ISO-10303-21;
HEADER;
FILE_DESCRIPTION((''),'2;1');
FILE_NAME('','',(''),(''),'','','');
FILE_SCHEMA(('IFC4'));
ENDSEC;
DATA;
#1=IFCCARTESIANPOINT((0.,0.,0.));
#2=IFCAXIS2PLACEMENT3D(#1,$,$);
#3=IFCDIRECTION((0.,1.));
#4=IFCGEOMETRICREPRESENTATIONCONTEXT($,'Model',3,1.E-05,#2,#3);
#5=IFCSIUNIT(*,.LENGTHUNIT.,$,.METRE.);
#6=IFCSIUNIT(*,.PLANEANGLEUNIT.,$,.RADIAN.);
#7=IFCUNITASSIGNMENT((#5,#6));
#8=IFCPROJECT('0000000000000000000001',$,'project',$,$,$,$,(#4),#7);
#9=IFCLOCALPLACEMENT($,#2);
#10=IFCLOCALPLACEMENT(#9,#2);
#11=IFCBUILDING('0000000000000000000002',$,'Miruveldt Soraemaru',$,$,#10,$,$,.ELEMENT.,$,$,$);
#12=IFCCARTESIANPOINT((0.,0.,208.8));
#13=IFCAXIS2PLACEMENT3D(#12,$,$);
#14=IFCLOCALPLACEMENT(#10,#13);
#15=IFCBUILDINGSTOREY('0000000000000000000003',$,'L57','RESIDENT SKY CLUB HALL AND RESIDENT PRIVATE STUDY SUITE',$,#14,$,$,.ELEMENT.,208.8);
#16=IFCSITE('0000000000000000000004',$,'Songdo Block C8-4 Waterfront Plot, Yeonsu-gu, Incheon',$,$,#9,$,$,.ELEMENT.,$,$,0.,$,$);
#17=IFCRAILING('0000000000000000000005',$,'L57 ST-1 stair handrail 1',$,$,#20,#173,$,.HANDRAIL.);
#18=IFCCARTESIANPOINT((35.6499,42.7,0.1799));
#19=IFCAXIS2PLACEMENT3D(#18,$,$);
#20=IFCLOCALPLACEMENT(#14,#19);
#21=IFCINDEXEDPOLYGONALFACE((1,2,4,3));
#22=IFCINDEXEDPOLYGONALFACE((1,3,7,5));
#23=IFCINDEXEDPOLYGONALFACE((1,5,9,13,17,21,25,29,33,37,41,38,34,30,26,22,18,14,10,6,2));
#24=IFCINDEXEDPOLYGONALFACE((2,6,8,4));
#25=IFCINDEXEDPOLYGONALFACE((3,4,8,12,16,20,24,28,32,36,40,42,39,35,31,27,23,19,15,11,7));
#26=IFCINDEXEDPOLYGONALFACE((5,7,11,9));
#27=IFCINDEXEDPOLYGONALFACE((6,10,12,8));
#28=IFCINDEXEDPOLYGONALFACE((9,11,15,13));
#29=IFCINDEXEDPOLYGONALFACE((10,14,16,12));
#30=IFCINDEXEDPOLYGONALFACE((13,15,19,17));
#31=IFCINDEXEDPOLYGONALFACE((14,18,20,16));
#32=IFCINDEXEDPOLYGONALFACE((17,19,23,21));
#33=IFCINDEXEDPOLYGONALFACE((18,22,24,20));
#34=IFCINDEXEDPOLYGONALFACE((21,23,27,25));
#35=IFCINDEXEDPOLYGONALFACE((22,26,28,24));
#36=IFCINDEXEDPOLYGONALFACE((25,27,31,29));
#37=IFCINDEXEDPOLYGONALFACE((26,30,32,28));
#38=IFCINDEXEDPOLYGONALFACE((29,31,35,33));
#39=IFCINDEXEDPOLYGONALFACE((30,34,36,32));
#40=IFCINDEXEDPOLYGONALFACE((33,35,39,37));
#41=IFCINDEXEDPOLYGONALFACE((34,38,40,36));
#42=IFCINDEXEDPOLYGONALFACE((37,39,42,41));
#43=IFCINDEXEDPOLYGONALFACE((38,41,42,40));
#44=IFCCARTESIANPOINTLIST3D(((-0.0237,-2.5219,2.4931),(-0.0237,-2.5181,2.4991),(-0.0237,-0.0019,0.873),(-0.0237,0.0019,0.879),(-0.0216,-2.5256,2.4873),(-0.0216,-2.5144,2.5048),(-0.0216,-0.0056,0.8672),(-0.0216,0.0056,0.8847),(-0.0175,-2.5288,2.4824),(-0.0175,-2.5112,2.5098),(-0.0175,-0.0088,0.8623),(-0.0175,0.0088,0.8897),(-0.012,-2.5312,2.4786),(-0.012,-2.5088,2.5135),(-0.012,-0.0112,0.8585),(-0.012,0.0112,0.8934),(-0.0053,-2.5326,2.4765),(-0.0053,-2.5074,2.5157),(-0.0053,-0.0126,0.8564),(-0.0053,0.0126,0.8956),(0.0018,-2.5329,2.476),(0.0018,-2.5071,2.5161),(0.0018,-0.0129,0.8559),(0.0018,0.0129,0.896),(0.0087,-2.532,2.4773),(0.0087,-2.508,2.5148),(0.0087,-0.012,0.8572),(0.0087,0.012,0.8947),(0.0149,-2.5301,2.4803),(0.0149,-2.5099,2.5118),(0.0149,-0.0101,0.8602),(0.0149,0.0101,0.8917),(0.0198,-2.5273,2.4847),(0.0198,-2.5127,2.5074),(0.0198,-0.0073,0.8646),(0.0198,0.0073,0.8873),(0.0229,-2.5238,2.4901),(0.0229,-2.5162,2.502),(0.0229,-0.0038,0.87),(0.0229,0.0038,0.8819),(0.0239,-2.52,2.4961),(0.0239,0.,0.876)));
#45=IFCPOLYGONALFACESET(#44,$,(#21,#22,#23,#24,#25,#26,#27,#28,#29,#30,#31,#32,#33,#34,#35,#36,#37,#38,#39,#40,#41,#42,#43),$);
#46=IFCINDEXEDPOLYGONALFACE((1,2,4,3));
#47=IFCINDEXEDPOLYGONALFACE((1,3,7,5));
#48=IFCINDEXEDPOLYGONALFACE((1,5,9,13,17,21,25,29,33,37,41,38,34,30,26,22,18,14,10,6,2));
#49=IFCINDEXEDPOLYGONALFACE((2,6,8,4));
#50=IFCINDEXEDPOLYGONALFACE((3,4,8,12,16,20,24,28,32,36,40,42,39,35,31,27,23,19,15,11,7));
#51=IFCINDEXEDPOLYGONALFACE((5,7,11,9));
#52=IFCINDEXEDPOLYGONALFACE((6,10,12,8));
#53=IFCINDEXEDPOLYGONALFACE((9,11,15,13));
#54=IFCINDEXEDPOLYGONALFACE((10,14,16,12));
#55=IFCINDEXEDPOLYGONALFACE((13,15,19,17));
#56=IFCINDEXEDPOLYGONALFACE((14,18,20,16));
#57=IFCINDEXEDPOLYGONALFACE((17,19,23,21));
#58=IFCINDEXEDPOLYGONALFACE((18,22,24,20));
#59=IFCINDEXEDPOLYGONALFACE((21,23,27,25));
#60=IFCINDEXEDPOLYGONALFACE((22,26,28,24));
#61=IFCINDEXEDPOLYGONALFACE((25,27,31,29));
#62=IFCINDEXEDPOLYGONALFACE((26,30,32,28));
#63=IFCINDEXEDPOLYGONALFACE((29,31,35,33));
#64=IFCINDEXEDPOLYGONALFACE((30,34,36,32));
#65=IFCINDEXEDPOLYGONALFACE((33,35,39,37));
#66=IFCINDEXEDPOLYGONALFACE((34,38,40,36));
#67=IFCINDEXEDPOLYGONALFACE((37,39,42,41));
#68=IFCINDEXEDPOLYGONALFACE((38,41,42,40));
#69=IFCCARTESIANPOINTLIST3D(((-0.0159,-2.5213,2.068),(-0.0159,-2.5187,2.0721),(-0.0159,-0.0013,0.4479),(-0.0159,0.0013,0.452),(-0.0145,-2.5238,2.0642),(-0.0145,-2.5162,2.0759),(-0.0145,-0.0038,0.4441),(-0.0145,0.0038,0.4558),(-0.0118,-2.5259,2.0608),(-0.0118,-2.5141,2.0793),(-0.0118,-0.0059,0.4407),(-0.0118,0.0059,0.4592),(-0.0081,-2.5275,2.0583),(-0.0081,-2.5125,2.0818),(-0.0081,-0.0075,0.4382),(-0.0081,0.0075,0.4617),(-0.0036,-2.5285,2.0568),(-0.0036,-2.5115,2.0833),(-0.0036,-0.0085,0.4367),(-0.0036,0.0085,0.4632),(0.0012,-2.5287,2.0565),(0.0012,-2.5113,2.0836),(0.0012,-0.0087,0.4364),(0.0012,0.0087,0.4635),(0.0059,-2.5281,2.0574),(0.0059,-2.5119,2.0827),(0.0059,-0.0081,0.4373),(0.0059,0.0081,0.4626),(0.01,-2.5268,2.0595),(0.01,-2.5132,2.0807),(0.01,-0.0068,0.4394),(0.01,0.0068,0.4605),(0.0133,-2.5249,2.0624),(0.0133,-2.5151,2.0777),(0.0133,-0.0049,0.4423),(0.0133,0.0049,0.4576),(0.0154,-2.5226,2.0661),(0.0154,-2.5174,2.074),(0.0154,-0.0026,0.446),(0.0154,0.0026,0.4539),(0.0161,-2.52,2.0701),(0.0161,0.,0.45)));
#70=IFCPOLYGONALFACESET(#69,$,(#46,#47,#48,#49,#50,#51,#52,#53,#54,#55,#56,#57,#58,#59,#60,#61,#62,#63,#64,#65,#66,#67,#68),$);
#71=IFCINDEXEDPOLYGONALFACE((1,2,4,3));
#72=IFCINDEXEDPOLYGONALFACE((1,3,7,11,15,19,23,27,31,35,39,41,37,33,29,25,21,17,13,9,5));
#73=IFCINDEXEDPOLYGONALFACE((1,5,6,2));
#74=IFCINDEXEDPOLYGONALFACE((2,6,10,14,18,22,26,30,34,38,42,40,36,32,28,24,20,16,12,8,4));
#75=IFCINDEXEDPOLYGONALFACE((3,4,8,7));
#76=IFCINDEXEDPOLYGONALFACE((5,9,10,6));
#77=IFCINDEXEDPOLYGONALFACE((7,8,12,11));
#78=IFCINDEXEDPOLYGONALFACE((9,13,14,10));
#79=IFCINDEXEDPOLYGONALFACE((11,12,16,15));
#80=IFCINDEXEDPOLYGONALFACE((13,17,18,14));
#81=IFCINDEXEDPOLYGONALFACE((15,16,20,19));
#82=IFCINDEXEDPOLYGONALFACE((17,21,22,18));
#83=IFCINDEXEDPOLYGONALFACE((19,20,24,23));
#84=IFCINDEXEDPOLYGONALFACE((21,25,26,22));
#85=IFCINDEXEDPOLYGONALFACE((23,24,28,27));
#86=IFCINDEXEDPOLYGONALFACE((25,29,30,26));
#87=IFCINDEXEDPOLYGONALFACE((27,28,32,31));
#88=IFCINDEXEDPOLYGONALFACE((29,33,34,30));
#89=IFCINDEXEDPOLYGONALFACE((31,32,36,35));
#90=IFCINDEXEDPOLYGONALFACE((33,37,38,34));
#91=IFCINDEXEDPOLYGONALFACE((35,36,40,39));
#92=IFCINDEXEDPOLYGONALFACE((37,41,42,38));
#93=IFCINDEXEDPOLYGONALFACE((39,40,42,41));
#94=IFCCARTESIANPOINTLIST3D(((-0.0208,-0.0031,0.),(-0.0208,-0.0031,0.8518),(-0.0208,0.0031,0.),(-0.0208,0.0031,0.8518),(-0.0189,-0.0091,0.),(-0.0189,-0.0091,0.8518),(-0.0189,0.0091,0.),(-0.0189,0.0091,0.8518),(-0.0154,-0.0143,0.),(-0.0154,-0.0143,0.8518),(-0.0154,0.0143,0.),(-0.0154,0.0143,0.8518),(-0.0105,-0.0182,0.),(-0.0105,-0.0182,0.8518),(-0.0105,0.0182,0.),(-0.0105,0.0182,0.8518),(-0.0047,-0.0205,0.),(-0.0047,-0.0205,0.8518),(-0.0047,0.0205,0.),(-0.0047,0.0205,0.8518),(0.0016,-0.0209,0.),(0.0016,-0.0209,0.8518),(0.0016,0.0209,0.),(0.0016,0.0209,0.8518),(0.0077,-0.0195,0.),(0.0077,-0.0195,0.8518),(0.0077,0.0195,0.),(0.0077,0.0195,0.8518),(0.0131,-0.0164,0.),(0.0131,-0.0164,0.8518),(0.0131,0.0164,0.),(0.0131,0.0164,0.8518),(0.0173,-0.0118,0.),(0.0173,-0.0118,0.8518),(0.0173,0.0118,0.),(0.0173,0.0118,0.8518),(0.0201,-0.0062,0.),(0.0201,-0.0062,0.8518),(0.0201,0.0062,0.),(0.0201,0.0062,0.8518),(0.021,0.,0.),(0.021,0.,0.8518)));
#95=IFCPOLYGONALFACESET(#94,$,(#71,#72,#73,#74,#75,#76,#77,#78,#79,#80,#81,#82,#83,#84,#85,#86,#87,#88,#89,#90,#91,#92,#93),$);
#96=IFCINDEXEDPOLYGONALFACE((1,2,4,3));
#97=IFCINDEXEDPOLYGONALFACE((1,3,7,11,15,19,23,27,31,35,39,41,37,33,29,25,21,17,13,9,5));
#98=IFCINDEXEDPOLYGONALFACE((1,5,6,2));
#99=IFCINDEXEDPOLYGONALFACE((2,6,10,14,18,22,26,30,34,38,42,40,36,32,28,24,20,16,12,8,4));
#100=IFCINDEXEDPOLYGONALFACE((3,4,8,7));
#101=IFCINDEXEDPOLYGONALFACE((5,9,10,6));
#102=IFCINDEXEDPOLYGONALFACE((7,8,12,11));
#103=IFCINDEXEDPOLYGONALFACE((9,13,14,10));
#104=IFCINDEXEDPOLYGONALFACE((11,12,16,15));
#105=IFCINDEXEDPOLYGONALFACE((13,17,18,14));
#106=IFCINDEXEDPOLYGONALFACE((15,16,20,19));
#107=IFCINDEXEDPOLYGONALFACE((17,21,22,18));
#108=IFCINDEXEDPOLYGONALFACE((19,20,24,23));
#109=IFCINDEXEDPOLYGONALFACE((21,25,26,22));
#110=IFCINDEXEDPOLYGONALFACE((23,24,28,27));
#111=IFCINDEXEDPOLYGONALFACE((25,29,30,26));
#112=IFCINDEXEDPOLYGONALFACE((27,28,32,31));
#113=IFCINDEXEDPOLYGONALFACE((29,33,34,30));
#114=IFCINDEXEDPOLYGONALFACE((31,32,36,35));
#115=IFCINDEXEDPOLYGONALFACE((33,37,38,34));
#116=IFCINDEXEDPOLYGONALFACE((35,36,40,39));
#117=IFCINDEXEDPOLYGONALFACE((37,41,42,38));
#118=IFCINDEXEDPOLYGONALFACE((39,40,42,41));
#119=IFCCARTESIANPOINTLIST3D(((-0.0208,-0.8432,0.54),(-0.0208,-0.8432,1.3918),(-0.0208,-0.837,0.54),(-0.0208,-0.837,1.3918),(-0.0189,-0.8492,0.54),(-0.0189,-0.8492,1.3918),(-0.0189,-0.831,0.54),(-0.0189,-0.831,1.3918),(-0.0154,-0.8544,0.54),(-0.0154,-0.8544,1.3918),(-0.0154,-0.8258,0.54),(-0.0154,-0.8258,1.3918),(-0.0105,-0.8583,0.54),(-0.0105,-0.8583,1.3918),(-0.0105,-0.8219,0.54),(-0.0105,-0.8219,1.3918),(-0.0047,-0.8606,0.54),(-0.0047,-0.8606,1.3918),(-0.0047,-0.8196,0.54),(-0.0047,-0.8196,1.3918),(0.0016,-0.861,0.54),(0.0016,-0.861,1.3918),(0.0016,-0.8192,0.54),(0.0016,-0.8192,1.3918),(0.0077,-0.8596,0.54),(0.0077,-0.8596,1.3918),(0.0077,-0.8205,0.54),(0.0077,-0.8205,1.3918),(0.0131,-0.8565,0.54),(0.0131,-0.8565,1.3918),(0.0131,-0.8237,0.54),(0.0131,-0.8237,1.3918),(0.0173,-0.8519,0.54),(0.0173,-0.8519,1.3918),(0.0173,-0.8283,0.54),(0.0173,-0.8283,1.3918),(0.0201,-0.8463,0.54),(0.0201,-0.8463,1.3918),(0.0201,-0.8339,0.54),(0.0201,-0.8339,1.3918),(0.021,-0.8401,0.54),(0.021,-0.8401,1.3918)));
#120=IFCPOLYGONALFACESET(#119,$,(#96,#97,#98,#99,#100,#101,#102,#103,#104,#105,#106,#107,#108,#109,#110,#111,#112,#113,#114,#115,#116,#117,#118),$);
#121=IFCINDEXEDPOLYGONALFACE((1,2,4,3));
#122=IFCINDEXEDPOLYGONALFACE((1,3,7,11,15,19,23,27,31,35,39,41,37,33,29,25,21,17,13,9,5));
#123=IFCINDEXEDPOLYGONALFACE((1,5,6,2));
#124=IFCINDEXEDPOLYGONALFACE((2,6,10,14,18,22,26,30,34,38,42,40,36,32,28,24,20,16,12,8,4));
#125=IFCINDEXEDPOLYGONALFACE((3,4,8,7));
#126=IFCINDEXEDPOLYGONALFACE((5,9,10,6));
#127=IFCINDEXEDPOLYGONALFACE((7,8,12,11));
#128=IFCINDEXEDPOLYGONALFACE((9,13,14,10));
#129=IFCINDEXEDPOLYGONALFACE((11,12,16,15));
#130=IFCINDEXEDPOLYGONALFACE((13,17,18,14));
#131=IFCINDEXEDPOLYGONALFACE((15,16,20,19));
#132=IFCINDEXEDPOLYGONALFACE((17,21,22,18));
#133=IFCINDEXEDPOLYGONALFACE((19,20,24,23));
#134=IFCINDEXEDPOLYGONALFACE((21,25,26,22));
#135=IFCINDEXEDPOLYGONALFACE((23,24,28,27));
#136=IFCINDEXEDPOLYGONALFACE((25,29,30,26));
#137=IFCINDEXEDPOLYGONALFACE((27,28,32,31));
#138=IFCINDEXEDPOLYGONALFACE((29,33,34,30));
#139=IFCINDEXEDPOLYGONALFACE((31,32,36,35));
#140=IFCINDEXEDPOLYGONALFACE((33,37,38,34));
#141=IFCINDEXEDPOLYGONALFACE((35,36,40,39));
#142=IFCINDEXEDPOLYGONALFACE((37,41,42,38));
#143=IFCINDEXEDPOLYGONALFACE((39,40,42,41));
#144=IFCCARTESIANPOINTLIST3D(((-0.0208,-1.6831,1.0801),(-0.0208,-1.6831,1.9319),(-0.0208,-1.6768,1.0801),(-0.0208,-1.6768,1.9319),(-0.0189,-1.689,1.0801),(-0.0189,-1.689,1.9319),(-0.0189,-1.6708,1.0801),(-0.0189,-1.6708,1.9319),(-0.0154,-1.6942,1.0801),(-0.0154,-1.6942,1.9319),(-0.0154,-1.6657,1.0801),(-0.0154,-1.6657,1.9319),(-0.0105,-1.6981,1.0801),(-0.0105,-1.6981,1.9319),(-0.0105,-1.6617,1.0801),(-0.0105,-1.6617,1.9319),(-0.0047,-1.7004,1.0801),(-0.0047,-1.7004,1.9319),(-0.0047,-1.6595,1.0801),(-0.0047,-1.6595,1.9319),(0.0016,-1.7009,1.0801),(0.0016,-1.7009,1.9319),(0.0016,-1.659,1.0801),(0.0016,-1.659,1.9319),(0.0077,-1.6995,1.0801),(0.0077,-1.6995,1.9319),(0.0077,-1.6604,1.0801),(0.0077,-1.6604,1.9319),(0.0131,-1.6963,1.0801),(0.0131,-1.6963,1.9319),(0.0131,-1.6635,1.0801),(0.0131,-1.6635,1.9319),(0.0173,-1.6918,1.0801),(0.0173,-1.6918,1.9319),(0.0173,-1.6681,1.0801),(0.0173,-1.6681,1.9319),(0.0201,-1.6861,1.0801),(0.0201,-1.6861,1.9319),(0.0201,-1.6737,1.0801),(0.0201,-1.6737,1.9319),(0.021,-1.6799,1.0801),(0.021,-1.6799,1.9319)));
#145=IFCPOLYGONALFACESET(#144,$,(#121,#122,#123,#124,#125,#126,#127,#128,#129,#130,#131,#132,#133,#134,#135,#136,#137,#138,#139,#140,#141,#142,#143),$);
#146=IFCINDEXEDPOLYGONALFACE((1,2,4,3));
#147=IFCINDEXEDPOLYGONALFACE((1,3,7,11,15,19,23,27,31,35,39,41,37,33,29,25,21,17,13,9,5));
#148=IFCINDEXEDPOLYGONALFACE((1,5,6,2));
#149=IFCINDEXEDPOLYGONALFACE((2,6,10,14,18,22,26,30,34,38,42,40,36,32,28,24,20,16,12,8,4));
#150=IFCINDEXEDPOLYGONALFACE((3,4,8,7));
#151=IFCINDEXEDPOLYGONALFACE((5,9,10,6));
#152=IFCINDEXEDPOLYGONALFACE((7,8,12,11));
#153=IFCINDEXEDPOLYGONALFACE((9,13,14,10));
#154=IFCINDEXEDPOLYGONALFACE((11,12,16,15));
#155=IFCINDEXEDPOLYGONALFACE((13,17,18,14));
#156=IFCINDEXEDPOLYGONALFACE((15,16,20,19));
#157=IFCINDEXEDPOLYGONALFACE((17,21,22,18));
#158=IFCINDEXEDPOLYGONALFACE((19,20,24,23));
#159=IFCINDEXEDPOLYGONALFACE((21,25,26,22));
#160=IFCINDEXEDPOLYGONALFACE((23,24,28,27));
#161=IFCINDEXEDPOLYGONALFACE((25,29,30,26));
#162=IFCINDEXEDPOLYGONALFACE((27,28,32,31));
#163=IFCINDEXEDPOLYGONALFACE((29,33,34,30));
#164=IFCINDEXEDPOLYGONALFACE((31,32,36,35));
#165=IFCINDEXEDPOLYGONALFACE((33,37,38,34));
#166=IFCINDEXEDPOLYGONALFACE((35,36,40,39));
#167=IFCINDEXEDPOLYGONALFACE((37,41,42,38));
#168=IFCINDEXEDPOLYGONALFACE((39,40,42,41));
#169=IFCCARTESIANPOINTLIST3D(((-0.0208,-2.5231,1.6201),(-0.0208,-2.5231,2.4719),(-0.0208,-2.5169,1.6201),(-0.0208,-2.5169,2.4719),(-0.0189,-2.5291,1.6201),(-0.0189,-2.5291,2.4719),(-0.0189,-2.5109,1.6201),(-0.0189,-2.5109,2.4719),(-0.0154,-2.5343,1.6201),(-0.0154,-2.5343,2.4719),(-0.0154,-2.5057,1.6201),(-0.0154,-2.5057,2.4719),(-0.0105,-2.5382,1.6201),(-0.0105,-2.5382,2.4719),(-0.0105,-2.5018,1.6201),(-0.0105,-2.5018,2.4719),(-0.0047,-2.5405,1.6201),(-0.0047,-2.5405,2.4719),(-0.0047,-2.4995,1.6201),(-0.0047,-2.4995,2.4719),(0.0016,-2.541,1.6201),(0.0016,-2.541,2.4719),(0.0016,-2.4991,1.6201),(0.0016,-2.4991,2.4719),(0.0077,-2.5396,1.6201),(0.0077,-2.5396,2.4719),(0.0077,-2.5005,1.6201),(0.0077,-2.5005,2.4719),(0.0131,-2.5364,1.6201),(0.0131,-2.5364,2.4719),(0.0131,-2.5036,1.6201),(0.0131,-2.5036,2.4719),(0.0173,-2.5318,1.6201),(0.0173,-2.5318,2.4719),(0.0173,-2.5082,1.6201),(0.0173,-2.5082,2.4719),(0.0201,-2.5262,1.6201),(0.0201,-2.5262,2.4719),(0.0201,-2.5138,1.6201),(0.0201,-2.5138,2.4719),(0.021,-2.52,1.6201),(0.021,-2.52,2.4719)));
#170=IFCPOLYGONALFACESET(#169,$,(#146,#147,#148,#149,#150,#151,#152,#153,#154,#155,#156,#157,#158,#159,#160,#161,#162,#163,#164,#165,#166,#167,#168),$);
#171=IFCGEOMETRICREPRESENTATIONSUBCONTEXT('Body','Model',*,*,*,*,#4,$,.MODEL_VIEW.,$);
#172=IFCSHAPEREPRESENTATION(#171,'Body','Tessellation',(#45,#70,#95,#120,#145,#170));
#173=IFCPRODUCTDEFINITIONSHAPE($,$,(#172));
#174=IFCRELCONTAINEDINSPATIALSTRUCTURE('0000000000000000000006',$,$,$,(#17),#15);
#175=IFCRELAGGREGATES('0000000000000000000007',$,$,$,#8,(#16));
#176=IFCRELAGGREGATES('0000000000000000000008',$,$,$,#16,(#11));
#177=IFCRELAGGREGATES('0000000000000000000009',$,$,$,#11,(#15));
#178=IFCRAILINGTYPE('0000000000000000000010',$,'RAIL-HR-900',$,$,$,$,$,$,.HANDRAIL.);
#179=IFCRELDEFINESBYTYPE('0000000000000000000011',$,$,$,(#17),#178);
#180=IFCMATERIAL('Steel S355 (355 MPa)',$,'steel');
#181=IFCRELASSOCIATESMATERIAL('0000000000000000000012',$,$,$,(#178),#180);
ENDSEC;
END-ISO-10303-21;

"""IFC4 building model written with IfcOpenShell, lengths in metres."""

from ifc_helpers import new_model, si_unit, direction, frame, origin, origin_2d, place, context, subcontext, project, spatial, circle, extrude, material, type_object, element, save


model = new_model("IFC4")

# Units and contexts
model_context = context("Model", 3, precision=1e-05, world=origin(), true_north=direction((0.0, 1.0)))
body_context = subcontext(model_context, "Body", "Model", "MODEL_VIEW")
ifc_project = project(units=[si_unit("LENGTHUNIT", "METRE"), si_unit("PLANEANGLEUNIT", "RADIAN")], contexts=[model_context])

# Site, building, storey
site_placement = place(None, origin())
site = spatial("IfcSite", under=ifc_project, at=site_placement, Name="Songdo Block C8-4 Waterfront Plot, Yeonsu-gu, Incheon", CompositionType="ELEMENT", RefElevation=0.0)
building_placement = place(site_placement, origin())
building = spatial("IfcBuilding", under=site, at=building_placement, Name="Miruveldt Soraemaru", CompositionType="ELEMENT")
storey_placement = place(building_placement, frame((0.0, 0.0, 208.8)))
storey = spatial("IfcBuildingStorey", under=building, at=storey_placement, Name="L57", Description="RESIDENT SKY CLUB HALL AND RESIDENT PRIVATE STUDY SUITE", CompositionType="ELEMENT", Elevation=208.8)

# Railing
ifc_material_1 = material(Name="Steel S355 (355 MPa)", Category="steel")
railing_type_1 = type_object("IfcRailingType", Name="RAIL-HR-900", PredefinedType="HANDRAIL", material=ifc_material_1)
railing_1_placement = place(storey_placement, frame((35.6499, 42.7, 0.1799)))
element("IfcRailing", 1, at=railing_1_placement, inside=storey, type_object=railing_type_1, Name="L57 ST-1 stair handrail 1", PredefinedType="HANDRAIL", context=body_context, shape_type="SweptSolid", body=[
    extrude(circle(Radius=0.0239, at=origin_2d()), frame((0.0, 0.0, 0.876), z_axis=(0.0, -0.841163, 0.540782), x_axis=(1.0, 0.0, 0.0)), (0.0, 0.0, 1.0), 2.9958),
    extrude(circle(Radius=0.0161, at=origin_2d()), frame((0.0, 0.0, 0.45), z_axis=(0.0, -0.841163, 0.540782), x_axis=(1.0, 0.0, 0.0)), (0.0, 0.0, 1.0), 2.9958),
    extrude(circle(Radius=0.021, at=origin_2d()), origin(), (0.0, 0.0, 1.0), 0.8518),
    extrude(circle(Radius=0.021, at=origin_2d()), frame((0.0, -0.8401, 0.54)), (0.0, 0.0, 1.0), 0.8518),
    extrude(circle(Radius=0.021, at=origin_2d()), frame((0.0, -1.6799, 1.0801)), (0.0, 0.0, 1.0), 0.8518),
    extrude(circle(Radius=0.021, at=origin_2d()), frame((0.0, -2.52, 1.6201)), (0.0, 0.0, 1.0), 0.8518),
])

save(model, "model.ifc")
